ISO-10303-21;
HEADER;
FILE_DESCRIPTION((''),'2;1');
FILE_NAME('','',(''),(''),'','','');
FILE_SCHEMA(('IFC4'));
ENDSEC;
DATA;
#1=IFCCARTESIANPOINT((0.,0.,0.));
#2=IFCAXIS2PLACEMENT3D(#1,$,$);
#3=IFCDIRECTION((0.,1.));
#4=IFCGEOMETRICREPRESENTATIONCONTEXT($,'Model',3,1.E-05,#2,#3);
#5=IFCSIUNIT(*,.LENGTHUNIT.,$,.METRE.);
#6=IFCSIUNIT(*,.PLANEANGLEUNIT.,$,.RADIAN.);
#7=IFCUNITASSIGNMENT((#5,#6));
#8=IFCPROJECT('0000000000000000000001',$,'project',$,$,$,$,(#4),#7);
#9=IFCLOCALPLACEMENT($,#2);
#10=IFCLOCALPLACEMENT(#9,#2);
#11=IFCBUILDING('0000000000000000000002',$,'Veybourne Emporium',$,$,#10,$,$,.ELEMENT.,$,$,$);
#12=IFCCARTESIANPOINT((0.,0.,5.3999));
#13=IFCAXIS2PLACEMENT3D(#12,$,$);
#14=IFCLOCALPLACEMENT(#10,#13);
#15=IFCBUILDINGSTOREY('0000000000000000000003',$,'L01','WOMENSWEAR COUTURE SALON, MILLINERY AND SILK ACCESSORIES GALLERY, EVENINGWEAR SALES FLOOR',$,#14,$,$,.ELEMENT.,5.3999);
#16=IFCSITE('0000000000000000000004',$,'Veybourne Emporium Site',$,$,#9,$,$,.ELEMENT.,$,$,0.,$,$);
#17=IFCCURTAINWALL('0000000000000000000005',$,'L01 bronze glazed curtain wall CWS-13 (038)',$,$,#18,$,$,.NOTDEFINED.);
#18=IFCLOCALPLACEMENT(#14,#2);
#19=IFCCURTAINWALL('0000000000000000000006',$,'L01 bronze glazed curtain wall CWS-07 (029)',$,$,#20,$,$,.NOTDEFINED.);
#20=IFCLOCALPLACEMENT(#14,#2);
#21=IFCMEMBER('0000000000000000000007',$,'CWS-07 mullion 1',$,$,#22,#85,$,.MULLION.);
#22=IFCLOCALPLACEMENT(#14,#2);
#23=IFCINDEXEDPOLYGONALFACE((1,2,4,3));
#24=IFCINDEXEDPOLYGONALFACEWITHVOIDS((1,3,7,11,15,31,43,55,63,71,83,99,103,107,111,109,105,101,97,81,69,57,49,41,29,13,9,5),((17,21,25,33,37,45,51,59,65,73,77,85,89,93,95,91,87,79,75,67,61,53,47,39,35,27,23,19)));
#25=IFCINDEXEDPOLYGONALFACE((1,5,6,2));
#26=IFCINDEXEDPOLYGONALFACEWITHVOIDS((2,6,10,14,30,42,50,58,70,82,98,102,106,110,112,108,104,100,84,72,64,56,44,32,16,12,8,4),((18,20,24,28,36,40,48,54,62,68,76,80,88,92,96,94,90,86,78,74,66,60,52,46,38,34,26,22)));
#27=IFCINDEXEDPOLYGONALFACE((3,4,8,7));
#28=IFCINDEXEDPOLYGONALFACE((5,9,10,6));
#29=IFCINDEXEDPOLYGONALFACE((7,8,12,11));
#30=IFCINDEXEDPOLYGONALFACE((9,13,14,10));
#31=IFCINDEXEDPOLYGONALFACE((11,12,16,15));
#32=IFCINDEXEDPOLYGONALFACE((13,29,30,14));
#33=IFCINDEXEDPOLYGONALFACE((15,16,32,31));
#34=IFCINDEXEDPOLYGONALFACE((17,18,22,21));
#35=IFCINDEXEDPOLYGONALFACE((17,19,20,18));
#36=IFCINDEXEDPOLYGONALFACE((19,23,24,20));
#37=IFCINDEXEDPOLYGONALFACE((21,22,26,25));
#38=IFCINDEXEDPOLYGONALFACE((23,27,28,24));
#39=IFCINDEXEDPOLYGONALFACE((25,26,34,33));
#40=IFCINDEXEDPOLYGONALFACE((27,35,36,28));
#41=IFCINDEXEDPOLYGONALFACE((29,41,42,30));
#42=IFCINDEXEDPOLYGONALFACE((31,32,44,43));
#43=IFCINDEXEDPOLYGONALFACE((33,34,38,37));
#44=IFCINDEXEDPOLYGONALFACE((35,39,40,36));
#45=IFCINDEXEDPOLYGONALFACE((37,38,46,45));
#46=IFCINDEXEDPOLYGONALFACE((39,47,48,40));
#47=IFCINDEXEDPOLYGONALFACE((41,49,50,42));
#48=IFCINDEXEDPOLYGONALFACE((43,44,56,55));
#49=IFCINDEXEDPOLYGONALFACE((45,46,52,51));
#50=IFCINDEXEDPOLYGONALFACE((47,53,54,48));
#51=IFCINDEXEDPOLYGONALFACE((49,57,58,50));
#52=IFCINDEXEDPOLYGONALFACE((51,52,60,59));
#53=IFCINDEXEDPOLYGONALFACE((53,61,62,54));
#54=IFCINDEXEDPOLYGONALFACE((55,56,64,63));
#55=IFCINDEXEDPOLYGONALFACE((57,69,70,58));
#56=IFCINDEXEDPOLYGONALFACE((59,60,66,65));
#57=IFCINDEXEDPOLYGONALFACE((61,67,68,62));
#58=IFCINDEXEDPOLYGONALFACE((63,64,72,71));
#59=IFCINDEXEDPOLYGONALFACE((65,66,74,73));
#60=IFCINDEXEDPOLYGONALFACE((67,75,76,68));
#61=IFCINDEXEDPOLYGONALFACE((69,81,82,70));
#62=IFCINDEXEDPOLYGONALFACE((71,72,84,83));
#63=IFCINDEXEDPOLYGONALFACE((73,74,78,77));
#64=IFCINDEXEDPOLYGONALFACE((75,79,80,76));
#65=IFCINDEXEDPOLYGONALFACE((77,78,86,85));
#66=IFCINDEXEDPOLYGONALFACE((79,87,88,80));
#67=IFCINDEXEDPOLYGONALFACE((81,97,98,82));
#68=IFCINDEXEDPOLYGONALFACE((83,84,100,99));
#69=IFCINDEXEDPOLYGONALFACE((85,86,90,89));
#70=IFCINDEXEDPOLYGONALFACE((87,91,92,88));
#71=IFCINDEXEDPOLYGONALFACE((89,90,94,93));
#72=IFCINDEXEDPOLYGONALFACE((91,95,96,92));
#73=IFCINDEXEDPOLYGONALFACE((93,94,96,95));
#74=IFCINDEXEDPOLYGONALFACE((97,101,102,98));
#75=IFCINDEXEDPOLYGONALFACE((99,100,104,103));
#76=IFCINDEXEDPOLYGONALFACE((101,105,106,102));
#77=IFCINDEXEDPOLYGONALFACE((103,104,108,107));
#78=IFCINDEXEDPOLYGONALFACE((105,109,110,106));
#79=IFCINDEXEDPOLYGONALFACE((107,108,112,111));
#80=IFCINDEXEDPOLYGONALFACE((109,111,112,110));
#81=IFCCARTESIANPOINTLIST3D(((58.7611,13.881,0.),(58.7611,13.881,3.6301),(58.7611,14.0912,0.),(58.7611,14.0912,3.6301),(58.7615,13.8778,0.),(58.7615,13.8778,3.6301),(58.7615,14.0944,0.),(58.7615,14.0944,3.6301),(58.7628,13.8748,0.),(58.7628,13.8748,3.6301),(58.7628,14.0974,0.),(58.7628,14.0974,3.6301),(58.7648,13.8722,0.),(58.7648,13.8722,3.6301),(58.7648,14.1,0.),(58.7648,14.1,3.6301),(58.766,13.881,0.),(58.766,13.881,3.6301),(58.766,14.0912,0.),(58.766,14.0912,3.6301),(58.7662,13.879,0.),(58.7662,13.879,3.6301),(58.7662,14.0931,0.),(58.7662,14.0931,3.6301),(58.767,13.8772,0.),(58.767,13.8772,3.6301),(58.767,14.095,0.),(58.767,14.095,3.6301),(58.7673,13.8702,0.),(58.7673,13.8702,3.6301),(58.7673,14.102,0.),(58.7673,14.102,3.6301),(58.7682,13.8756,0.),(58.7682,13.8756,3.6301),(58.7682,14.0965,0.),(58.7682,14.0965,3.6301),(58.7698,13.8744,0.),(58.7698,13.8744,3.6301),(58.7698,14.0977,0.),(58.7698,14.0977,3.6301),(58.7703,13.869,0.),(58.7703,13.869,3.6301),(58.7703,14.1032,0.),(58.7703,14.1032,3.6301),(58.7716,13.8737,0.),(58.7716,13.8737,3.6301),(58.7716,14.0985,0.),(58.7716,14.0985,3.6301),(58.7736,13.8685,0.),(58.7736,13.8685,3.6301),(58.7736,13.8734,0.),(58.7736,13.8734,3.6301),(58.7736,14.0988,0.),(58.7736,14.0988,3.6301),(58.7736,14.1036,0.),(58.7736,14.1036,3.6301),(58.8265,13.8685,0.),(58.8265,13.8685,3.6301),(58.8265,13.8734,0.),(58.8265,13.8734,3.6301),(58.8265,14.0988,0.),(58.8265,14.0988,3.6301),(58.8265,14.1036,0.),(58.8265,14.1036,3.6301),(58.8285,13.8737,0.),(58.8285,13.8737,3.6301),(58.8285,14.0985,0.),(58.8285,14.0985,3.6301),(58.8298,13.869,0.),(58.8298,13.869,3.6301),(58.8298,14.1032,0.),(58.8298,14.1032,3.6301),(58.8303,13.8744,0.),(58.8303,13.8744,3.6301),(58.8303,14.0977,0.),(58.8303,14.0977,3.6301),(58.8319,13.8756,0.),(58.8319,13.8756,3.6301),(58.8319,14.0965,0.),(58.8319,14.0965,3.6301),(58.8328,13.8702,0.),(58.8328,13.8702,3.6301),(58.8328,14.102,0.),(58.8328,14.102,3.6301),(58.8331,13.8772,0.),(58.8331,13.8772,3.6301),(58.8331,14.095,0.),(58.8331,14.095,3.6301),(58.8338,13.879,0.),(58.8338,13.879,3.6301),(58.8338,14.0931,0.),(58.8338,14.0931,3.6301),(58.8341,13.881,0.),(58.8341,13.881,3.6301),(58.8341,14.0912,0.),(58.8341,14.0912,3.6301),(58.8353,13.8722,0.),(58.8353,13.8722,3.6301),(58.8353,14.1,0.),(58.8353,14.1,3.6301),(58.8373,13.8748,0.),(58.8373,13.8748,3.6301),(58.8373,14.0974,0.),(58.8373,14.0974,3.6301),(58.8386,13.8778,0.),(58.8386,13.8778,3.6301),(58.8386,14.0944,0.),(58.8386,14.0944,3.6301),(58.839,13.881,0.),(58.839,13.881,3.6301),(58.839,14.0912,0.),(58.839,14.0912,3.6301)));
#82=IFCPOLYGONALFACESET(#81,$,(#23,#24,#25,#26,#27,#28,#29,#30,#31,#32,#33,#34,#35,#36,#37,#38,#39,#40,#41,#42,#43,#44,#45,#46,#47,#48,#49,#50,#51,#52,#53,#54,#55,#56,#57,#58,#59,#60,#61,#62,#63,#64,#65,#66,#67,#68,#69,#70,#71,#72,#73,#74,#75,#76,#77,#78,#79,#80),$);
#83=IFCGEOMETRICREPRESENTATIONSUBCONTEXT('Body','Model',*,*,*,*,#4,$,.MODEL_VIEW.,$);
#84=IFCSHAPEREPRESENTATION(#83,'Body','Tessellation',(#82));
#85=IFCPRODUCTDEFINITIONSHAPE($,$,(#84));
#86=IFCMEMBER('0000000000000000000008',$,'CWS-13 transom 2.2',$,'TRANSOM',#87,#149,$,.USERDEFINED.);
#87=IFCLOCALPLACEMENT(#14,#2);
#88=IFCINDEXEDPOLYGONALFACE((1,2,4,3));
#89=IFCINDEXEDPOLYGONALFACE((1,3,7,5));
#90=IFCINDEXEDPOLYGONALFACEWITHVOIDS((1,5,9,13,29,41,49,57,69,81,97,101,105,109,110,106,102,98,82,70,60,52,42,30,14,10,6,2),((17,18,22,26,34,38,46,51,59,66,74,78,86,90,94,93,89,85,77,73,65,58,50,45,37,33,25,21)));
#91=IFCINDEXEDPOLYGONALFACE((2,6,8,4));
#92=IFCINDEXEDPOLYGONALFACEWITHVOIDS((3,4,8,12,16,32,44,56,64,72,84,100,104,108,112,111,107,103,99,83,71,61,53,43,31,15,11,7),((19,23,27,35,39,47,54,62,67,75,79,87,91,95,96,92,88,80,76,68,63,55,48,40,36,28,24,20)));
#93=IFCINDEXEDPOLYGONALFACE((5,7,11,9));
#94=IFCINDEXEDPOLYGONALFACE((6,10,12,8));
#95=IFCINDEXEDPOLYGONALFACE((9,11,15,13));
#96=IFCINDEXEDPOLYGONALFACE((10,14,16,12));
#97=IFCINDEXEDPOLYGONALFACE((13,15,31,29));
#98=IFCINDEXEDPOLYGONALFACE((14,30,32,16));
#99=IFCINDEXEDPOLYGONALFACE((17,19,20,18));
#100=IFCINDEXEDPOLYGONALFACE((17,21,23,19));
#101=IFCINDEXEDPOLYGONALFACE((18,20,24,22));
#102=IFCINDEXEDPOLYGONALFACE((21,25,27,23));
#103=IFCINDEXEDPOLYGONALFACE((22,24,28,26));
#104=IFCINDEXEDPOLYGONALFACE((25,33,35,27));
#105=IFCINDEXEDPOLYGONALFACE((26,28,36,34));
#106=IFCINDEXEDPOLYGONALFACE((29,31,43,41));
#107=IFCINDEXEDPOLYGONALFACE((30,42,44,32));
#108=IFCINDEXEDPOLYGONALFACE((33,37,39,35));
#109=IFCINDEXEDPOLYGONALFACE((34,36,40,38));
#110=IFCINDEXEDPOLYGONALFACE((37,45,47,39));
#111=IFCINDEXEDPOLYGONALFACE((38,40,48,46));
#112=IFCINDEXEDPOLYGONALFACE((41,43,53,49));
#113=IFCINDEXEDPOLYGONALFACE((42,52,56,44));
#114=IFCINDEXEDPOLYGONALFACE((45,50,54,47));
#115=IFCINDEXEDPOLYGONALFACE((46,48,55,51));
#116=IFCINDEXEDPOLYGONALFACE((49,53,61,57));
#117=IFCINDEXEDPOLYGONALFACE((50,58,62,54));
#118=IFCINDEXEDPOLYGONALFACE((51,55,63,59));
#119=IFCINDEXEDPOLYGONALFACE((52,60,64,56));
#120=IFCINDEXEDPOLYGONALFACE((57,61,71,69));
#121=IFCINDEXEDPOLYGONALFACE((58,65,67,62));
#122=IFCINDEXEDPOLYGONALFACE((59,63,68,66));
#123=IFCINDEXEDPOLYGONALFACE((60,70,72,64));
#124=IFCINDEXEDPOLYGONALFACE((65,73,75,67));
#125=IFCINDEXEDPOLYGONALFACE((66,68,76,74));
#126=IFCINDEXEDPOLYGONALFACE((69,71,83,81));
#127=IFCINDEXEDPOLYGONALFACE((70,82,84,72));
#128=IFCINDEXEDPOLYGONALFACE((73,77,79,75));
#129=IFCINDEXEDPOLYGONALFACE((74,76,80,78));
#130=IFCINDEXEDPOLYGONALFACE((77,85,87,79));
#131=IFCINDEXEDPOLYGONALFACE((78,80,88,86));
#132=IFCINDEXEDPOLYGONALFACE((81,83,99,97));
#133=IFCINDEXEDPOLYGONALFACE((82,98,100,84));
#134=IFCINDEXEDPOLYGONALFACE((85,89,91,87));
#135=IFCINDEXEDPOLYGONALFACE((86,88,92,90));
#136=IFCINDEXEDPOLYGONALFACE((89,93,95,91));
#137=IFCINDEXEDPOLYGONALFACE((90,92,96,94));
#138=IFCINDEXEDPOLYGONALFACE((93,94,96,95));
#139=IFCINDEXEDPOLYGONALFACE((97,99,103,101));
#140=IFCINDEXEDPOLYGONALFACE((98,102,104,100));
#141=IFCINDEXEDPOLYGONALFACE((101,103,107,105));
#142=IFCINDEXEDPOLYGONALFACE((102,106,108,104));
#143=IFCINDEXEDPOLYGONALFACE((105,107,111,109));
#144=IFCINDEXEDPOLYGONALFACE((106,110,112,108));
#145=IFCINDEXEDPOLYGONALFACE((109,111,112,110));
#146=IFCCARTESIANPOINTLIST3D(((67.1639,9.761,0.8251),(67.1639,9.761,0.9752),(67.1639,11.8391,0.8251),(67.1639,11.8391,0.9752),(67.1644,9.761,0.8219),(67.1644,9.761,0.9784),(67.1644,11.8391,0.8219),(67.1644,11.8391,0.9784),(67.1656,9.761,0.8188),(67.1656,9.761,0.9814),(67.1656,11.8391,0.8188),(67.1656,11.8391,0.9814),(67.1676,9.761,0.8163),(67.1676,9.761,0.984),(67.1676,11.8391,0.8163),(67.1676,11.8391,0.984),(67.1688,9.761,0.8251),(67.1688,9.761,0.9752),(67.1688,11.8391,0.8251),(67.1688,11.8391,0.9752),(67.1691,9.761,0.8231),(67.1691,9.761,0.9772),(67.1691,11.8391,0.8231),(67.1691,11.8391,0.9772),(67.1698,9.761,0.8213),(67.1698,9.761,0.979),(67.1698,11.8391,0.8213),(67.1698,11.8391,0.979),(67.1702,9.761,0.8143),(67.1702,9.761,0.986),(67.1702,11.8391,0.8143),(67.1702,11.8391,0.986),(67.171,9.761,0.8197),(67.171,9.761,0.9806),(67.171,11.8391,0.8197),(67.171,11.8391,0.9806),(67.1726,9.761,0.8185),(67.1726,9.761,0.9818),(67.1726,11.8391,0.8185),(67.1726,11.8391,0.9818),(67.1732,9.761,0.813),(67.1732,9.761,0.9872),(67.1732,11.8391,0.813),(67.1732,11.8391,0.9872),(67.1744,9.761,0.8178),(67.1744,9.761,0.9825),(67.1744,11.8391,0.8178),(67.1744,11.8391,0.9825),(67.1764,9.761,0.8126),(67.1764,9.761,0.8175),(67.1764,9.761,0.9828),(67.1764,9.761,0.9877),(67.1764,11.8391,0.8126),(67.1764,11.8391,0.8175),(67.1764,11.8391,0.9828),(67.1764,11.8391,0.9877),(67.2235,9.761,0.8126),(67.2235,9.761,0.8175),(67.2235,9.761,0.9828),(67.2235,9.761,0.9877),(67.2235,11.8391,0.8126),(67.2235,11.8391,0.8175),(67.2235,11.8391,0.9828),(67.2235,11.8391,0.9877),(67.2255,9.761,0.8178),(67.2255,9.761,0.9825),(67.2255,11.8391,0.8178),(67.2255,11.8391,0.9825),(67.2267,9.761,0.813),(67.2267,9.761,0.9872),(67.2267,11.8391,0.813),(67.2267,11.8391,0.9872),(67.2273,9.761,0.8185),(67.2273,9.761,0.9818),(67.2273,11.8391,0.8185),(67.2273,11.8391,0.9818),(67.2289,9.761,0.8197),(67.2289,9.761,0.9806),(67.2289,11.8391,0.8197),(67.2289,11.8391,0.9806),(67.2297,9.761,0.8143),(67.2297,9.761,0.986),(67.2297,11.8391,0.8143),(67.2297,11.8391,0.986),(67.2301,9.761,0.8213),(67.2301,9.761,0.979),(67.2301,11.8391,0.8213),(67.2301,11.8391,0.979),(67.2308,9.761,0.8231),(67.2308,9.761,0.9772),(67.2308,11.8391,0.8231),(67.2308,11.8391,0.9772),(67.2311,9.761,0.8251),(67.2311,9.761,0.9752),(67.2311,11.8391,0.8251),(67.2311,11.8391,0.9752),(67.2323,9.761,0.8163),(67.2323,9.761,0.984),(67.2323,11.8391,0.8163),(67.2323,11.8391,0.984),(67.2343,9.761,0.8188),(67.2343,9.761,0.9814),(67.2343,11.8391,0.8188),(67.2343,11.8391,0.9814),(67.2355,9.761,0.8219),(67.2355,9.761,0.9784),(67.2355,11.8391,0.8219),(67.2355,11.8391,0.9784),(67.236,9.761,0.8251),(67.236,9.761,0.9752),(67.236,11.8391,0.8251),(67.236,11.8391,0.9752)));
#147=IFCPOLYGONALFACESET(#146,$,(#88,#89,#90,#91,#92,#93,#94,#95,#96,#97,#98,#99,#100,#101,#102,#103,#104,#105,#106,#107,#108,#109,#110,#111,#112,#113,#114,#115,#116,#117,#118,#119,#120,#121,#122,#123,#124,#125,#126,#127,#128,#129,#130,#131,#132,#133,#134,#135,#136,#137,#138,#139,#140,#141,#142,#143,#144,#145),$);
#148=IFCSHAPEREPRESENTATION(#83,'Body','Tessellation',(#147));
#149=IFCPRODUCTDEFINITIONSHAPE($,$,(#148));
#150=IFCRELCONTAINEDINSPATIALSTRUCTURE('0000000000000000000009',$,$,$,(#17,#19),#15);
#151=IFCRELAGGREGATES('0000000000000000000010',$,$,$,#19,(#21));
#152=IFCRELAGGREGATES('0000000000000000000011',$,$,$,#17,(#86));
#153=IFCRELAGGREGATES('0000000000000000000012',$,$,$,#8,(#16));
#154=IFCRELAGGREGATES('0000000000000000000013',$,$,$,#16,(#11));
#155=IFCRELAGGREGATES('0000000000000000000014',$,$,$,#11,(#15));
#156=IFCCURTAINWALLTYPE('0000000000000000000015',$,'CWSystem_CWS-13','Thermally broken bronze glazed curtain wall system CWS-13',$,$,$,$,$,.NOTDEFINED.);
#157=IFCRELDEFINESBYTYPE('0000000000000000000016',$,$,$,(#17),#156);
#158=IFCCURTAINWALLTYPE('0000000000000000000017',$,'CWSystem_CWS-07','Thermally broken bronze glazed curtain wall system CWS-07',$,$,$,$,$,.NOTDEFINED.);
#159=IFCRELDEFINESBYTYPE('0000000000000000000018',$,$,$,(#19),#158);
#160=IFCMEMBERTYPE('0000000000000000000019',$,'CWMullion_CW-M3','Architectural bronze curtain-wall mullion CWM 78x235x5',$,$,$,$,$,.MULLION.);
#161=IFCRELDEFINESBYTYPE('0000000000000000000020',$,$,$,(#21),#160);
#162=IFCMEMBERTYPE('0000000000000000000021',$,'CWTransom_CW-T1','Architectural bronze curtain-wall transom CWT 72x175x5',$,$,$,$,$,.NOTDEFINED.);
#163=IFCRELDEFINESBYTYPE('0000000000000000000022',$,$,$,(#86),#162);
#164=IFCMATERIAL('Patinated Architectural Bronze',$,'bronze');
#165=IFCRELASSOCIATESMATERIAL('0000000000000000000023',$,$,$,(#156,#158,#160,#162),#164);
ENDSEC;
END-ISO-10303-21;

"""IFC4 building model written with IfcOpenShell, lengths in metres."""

from ifc_helpers import new_model, si_unit, direction, frame, origin, origin_2d, place, context, subcontext, project, spatial, hollow_rectangle, extrude, material, material_profile, profile_set, type_object, element, aggregate, save


model = new_model("IFC4")

# Units and contexts
model_context = context("Model", 3, precision=1e-05, world=origin(), true_north=direction((0.0, 1.0)))
body_context = subcontext(model_context, "Body", "Model", "MODEL_VIEW")
ifc_project = project(units=[si_unit("LENGTHUNIT", "METRE"), si_unit("PLANEANGLEUNIT", "RADIAN")], contexts=[model_context])

# Site, building, storey
site_placement = place(None, origin())
site = spatial("IfcSite", under=ifc_project, at=site_placement, Name="Veybourne Emporium Site", CompositionType="ELEMENT", RefElevation=0.0)
building_placement = place(site_placement, origin())
building = spatial("IfcBuilding", under=site, at=building_placement, Name="Veybourne Emporium", CompositionType="ELEMENT")
storey_placement = place(building_placement, frame((0.0, 0.0, 5.3999)))
storey = spatial("IfcBuildingStorey", under=building, at=storey_placement, Name="L01", Description="WOMENSWEAR COUTURE SALON, MILLINERY AND SILK ACCESSORIES GALLERY, EVENINGWEAR SALES FLOOR", CompositionType="ELEMENT", Elevation=5.3999)

# Curtain wall
ifc_material_1 = material(Name="Patinated Architectural Bronze", Category="bronze")
curtain_wall_type_1 = type_object("IfcCurtainWallType", Name="CWSystem_CWS-13", Description="Thermally broken bronze glazed curtain wall system CWS-13", PredefinedType="NOTDEFINED", material=ifc_material_1)
curtain_wall_1_placement = place(storey_placement, origin())
curtain_wall_1 = element("IfcCurtainWall", 1, at=curtain_wall_1_placement, inside=storey, type_object=curtain_wall_type_1, Name="L01 bronze glazed curtain wall CWS-13 (038)", PredefinedType="NOTDEFINED")

# Curtain wall, member
curtain_wall_type_2 = type_object("IfcCurtainWallType", Name="CWSystem_CWS-07", Description="Thermally broken bronze glazed curtain wall system CWS-07", PredefinedType="NOTDEFINED", material=ifc_material_1)
curtain_wall_2_placement = place(storey_placement, origin())
curtain_wall_2 = element("IfcCurtainWall", 2, at=curtain_wall_2_placement, inside=storey, type_object=curtain_wall_type_2, Name="L01 bronze glazed curtain wall CWS-07 (029)", PredefinedType="NOTDEFINED")
ifc_material_profile_1 = material_profile(ifc_material_1, hollow_rectangle(XDim=0.0779, YDim=0.2351, WallThickness=0.0049, InnerFilletRadius=0.0076, OuterFilletRadius=0.0125, at=origin_2d()), Name="CWM 78x235x5")
ifc_profile_set_1 = profile_set([ifc_material_profile_1], Name="Patinated Architectural Bronze")
member_type_1 = type_object("IfcMemberType", Name="CWMullion_CW-M3", Description="Architectural bronze curtain-wall mullion CWM 78x235x5", PredefinedType="MULLION", material=ifc_profile_set_1)
member_1_placement = place(storey_placement, frame((58.8, 13.9861, 0.0), z_axis=(0.0, 0.0, 1.0), x_axis=(1.0, 0.0, 0.0)))
member_1 = element("IfcMember", 3, at=member_1_placement, type_object=member_type_1, Name="CWS-07 mullion 1", PredefinedType="MULLION", context=body_context, shape_type="SweptSolid", body=[
    extrude(hollow_rectangle(XDim=0.0779, YDim=0.2351, WallThickness=0.0049, InnerFilletRadius=0.0076, OuterFilletRadius=0.0125, at=origin_2d()), origin(), (0.0, 0.0, 1.0), 3.6301),
])

# Member
ifc_material_profile_2 = material_profile(ifc_material_1, hollow_rectangle(XDim=0.072, YDim=0.175, WallThickness=0.0049, InnerFilletRadius=0.0076, OuterFilletRadius=0.0125, at=origin_2d()), Name="CWT 72x175x5")
ifc_profile_set_2 = profile_set([ifc_material_profile_2], Name="Patinated Architectural Bronze")
member_type_2 = type_object("IfcMemberType", Name="CWTransom_CW-T1", Description="Architectural bronze curtain-wall transom CWT 72x175x5", PredefinedType="NOTDEFINED", material=ifc_profile_set_2)
member_2_placement = place(storey_placement, frame((67.2, 9.761, 0.9001), z_axis=(0.0, 1.0, 0.0), x_axis=(-1.0, 0.0, 0.0)))
member_2 = element("IfcMember", 4, at=member_2_placement, type_object=member_type_2, Name="CWS-13 transom 2.2", ObjectType="TRANSOM", PredefinedType="USERDEFINED", context=body_context, shape_type="SweptSolid", body=[
    extrude(hollow_rectangle(XDim=0.072, YDim=0.175, WallThickness=0.0049, InnerFilletRadius=0.0076, OuterFilletRadius=0.0125, at=origin_2d()), origin(), (0.0, 0.0, 1.0), 2.0781),
])

aggregate(curtain_wall_2, [member_1])
aggregate(curtain_wall_1, [member_2])

save(model, "model.ifc")
